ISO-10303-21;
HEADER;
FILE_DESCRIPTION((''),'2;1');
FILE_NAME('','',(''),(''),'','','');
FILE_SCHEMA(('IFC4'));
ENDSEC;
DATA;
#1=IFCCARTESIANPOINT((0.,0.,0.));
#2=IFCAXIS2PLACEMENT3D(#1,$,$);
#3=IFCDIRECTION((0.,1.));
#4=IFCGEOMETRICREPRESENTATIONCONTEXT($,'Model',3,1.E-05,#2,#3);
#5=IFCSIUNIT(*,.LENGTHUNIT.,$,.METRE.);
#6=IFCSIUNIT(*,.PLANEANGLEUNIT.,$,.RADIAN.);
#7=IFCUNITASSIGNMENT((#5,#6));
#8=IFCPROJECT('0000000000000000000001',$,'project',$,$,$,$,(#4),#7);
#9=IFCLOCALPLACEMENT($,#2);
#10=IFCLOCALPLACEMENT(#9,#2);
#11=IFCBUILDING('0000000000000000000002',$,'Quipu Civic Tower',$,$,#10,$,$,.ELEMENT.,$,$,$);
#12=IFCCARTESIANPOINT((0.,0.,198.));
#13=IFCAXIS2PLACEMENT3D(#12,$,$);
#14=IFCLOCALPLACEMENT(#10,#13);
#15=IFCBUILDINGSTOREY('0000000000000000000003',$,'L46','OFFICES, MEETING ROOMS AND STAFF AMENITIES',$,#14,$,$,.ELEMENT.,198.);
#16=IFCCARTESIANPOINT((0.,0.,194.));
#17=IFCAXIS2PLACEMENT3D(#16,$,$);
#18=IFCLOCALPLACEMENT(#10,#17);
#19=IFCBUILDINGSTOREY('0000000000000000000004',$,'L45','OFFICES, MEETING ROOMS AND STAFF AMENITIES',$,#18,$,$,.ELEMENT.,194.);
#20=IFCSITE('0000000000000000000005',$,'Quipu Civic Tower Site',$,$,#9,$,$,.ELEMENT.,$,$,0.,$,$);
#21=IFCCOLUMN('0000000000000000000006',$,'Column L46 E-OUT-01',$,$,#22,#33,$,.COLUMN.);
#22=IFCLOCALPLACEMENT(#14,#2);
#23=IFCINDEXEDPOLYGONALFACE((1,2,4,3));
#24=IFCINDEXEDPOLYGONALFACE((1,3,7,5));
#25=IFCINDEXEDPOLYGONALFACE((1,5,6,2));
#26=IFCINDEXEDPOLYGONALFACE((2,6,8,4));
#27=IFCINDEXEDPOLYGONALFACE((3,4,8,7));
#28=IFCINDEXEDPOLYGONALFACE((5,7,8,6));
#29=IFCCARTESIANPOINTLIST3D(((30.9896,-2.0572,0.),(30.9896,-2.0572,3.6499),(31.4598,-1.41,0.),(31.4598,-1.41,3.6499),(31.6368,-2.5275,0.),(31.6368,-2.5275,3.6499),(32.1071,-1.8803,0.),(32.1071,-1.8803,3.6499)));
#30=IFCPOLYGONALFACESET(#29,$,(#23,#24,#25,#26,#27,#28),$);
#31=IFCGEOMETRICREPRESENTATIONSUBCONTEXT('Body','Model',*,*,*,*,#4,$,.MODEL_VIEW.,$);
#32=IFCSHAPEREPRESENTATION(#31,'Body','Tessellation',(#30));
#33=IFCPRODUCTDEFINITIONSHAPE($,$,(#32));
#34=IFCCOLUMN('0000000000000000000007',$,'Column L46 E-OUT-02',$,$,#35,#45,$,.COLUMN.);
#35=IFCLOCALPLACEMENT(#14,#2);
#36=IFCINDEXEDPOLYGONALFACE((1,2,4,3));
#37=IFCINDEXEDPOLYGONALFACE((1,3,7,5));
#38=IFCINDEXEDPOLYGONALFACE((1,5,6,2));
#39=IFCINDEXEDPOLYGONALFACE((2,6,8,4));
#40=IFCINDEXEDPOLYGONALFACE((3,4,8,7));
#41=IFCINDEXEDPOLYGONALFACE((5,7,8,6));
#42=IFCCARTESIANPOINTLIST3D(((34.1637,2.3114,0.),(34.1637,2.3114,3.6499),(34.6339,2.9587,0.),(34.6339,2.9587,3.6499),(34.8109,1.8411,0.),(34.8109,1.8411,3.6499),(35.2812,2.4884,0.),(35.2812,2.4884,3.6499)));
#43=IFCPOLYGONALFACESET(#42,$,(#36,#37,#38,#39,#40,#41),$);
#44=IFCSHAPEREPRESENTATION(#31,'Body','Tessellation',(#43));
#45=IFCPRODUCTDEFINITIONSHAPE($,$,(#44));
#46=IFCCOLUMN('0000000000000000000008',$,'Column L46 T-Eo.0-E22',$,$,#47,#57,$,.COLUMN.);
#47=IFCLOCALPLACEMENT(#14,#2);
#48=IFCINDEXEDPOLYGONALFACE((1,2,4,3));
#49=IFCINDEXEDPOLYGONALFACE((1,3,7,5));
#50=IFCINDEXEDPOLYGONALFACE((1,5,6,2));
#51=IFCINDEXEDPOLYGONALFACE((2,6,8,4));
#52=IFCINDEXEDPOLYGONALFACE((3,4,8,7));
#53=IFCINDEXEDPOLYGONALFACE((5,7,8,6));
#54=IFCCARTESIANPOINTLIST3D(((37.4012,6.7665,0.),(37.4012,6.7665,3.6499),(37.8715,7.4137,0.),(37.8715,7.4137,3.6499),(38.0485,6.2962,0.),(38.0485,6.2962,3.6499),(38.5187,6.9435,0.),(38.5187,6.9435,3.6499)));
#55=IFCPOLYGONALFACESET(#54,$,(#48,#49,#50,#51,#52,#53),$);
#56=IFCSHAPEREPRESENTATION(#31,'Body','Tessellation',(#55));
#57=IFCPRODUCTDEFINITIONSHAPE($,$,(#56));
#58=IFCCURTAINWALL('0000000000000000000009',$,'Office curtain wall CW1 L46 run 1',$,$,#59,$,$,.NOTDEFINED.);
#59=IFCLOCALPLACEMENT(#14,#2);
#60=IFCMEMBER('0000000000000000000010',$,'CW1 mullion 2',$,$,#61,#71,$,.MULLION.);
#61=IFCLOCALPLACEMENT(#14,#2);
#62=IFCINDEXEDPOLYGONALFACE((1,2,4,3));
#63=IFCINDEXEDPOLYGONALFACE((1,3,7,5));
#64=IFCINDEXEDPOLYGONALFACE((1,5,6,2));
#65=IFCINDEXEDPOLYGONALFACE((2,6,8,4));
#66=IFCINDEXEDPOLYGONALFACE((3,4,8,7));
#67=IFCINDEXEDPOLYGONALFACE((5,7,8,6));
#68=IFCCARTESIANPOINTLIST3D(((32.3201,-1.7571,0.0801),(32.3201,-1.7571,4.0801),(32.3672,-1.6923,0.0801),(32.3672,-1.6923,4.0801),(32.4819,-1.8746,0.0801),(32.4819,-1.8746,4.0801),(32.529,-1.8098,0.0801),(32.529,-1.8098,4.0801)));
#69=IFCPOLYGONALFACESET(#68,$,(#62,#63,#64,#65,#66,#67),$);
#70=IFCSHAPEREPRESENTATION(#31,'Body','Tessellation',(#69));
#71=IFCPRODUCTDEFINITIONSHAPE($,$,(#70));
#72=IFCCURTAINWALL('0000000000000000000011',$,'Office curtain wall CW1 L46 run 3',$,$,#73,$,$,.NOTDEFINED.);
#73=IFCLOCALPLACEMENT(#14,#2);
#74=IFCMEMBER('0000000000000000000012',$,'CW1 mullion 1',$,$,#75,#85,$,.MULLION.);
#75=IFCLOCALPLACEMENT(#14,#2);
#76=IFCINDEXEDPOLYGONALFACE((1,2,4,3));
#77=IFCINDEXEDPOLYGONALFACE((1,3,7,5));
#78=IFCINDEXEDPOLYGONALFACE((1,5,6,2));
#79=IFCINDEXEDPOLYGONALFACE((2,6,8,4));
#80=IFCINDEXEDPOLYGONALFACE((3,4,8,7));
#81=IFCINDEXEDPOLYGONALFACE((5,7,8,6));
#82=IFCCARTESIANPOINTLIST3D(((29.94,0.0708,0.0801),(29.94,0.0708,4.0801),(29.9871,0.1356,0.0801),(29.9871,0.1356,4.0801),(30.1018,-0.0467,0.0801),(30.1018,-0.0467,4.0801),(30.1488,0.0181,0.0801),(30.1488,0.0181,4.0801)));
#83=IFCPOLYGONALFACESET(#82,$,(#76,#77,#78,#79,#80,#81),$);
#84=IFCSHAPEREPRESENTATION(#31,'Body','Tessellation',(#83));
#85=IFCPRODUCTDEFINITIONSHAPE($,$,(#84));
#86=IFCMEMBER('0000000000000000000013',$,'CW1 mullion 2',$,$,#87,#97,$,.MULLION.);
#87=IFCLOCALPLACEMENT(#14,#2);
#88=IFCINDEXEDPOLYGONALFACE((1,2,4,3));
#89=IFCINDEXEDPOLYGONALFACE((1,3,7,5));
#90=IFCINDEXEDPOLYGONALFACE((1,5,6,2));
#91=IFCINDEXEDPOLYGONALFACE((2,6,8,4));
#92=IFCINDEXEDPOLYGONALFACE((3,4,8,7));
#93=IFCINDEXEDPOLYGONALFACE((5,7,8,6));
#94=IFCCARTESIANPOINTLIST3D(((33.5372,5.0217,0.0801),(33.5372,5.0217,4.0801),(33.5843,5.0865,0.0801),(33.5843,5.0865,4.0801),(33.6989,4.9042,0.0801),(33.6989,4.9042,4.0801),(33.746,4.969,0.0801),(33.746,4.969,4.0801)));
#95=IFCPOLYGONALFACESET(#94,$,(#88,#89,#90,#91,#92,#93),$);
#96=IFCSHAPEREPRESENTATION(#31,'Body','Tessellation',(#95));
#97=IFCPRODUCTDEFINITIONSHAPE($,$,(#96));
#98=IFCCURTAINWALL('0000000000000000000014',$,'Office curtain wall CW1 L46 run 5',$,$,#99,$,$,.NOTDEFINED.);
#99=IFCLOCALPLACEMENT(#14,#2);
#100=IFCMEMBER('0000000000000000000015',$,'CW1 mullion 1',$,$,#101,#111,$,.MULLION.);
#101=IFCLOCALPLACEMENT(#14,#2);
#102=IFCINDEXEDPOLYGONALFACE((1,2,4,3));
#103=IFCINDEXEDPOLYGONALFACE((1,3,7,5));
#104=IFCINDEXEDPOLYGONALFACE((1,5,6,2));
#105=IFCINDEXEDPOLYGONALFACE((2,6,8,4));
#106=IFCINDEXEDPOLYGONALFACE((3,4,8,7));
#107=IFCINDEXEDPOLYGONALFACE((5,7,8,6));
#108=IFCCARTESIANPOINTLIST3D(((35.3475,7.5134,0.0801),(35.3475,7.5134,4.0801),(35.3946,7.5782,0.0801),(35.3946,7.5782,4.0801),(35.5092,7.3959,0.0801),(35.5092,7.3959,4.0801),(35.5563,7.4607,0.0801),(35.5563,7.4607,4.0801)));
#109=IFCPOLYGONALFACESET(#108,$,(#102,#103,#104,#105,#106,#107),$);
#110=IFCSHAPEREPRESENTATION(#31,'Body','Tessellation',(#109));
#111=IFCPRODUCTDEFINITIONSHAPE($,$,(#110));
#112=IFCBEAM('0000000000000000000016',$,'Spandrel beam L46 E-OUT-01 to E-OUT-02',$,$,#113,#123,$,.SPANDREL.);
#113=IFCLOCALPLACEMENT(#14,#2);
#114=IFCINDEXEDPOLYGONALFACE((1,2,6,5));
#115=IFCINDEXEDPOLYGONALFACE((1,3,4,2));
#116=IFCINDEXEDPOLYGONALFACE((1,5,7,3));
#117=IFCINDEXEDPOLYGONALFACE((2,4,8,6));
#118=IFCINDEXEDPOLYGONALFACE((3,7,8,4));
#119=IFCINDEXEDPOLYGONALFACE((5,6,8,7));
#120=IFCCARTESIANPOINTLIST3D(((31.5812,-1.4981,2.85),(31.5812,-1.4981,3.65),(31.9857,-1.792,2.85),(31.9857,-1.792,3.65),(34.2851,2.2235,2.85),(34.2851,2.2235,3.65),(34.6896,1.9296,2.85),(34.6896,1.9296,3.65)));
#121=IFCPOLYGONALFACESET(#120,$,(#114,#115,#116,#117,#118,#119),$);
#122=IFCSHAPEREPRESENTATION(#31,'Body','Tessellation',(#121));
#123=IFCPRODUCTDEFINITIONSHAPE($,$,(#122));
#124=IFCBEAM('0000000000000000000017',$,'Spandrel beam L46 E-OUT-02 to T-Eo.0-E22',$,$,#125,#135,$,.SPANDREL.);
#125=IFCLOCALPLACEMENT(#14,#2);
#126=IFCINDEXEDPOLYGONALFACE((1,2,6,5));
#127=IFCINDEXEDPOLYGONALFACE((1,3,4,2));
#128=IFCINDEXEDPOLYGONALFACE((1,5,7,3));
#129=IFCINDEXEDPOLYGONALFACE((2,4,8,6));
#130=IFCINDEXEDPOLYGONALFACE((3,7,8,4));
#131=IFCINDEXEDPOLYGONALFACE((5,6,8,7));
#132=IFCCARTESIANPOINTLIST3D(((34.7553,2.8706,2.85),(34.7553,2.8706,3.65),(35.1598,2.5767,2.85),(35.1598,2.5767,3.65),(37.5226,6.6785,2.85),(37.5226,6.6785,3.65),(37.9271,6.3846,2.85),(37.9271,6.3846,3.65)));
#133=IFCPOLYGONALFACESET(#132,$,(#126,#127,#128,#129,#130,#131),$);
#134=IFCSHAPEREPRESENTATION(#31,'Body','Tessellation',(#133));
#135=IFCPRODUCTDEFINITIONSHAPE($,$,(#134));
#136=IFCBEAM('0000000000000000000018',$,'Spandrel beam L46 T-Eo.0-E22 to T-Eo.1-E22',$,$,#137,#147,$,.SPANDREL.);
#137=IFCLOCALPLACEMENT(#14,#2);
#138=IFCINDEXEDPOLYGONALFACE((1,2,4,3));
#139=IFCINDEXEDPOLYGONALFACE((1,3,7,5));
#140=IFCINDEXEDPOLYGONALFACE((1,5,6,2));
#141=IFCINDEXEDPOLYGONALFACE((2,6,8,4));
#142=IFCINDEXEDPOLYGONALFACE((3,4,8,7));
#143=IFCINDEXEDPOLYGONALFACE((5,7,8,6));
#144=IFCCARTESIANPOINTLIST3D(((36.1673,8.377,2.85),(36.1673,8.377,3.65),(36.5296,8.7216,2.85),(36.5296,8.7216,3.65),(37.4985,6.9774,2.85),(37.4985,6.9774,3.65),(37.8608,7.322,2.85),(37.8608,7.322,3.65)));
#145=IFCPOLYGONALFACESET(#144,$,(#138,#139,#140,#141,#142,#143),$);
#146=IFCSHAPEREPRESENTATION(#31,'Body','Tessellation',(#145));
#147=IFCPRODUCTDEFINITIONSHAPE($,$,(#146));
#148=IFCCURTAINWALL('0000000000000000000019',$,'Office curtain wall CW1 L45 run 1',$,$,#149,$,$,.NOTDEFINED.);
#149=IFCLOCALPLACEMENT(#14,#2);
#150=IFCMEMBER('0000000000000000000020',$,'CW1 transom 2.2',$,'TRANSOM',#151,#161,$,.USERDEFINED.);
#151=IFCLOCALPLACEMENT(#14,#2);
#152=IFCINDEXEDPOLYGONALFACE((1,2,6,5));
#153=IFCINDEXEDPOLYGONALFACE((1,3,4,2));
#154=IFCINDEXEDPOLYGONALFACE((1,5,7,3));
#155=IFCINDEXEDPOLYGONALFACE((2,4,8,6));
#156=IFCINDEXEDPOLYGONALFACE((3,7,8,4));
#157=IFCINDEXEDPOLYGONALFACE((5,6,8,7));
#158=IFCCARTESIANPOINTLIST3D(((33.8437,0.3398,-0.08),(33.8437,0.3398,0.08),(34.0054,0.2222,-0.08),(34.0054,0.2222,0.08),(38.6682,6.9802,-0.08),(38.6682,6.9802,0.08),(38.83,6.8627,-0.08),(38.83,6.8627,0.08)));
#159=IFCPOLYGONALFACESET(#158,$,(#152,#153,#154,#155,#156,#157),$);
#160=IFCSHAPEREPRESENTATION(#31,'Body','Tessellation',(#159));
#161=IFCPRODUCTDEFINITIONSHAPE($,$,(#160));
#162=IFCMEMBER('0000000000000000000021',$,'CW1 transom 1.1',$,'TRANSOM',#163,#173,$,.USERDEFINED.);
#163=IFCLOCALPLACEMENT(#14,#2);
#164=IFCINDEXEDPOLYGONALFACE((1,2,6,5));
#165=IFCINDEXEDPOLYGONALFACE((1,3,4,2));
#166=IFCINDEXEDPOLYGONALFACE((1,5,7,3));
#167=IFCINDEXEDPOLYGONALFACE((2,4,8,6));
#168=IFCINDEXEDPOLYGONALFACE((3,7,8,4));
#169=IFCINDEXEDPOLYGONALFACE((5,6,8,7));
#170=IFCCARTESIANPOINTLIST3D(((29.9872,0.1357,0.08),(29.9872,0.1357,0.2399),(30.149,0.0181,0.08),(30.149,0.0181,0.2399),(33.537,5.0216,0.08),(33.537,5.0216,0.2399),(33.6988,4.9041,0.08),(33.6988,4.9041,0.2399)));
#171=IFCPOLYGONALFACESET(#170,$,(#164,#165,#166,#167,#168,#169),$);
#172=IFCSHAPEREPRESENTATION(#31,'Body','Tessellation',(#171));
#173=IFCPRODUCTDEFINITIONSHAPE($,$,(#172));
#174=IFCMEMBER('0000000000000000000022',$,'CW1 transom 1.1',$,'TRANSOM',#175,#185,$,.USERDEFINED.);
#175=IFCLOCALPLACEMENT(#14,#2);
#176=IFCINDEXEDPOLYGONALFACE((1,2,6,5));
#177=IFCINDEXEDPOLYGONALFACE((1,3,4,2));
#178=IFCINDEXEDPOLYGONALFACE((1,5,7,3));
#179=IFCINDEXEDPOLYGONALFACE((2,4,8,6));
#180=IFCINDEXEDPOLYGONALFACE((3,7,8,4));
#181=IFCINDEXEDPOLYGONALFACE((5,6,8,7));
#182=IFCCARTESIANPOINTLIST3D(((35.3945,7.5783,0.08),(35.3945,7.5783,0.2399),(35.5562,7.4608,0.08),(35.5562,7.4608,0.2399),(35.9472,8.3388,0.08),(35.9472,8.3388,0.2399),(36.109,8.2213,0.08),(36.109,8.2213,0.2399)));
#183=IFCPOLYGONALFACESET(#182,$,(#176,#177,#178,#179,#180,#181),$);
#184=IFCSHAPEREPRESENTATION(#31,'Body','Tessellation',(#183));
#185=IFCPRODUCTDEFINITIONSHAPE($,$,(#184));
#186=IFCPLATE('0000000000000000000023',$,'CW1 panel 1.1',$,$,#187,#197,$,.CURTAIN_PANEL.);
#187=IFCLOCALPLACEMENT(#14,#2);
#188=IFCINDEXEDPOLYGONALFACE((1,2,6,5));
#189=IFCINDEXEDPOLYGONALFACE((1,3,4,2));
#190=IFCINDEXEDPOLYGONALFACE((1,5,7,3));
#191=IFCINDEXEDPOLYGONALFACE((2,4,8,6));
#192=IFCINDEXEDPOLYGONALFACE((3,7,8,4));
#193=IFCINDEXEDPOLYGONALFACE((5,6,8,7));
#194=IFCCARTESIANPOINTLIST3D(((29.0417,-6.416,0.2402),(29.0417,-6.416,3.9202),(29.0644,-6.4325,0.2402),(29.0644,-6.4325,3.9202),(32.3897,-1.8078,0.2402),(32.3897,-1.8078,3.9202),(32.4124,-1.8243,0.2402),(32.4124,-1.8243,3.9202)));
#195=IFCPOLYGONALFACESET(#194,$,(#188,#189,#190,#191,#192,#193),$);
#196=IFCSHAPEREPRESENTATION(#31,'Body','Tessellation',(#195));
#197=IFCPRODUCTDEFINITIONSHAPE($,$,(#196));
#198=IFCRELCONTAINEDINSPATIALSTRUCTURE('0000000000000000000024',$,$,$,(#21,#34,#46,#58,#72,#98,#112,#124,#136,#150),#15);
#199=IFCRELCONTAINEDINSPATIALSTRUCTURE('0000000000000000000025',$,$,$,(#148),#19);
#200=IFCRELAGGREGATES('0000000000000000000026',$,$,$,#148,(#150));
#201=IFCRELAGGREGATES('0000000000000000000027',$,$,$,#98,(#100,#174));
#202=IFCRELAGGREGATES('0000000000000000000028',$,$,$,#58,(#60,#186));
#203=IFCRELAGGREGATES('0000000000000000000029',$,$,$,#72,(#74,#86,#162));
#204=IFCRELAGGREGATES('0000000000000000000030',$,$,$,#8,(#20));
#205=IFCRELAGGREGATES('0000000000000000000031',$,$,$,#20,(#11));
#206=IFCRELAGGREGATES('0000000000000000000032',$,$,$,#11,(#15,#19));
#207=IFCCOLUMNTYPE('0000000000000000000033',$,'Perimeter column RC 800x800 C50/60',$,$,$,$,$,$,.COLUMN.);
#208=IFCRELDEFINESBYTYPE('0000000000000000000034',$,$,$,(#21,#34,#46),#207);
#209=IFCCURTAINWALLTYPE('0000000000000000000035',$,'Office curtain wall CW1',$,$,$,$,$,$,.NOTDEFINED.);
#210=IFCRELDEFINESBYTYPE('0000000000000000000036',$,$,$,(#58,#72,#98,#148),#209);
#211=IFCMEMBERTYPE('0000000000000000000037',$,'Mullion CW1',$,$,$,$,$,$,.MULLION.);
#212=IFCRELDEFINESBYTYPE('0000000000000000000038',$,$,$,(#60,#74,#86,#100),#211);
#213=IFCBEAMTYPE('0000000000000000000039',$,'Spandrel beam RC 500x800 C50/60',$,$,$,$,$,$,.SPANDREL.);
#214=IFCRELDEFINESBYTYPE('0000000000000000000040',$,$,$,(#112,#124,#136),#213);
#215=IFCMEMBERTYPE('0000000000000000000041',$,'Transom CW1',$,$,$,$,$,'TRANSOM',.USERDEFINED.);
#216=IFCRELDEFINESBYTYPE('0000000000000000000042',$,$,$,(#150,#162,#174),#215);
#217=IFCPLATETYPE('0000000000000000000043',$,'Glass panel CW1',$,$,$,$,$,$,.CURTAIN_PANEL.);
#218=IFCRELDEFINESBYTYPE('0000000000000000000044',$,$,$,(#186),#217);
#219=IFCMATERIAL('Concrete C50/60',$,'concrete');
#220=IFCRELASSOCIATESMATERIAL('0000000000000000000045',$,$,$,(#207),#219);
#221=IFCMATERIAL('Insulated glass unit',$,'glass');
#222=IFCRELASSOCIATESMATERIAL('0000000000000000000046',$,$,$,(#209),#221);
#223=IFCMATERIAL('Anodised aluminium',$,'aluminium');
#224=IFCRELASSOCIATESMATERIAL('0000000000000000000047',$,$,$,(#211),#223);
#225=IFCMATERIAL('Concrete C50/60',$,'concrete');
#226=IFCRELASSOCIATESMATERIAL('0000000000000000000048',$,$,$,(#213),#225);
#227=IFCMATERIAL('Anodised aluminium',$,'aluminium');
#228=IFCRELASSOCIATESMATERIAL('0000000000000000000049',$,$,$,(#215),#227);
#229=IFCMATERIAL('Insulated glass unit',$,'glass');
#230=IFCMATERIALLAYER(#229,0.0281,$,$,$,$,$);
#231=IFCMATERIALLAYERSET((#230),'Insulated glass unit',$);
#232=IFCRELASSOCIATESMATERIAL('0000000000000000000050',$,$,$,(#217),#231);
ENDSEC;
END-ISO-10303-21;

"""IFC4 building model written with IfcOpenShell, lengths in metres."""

from ifc_helpers import new_model, si_unit, direction, frame, origin, origin_2d, place, context, subcontext, project, spatial, rectangle, extrude, material, layer, layer_set, material_profile, profile_set, type_object, element, aggregate, save


model = new_model("IFC4")

# Units and contexts
model_context = context("Model", 3, precision=1e-05, world=origin(), true_north=direction((0.0, 1.0)))
body_context = subcontext(model_context, "Body", "Model", "MODEL_VIEW")
ifc_project = project(units=[si_unit("LENGTHUNIT", "METRE"), si_unit("PLANEANGLEUNIT", "RADIAN")], contexts=[model_context])

# Site, building, storey
site_placement = place(None, origin())
site = spatial("IfcSite", under=ifc_project, at=site_placement, Name="Quipu Civic Tower Site", CompositionType="ELEMENT", RefElevation=0.0)
building_placement = place(site_placement, origin())
building = spatial("IfcBuilding", under=site, at=building_placement, Name="Quipu Civic Tower", CompositionType="ELEMENT")
storey_1_placement = place(building_placement, frame((0.0, 0.0, 198.0)))
storey_1 = spatial("IfcBuildingStorey", under=building, at=storey_1_placement, Name="L46", Description="OFFICES, MEETING ROOMS AND STAFF AMENITIES", CompositionType="ELEMENT", Elevation=198.0)

# Columns
ifc_material_1 = material(Name="Concrete C50/60", Category="concrete")
ifc_material_profile_1 = material_profile(ifc_material_1, rectangle(XDim=0.8, YDim=0.8, at=origin_2d()), Name="RC800x800")
ifc_profile_set_1 = profile_set([ifc_material_profile_1], Name="Concrete C50/60")
column_type = type_object("IfcColumnType", Name="Perimeter column RC 800x800 C50/60", PredefinedType="COLUMN", material=ifc_profile_set_1)
for number, where, z_axis, x_axis, name in (
    (1, (31.5483, -1.9688, 0.0), (0.0, 0.0, 1.0), (0.587785, 0.809017, 0.0), "Column L46 E-OUT-01"),
    (2, (34.7224, 2.3999, 0.0), (0.0, 0.0, 1.0), (0.587785, 0.809017, 0.0), "Column L46 E-OUT-02"),
    (3, (37.96, 6.855, 0.0), (0.0, 0.0, 1.0), (0.587785, 0.809017, 0.0), "Column L46 T-Eo.0-E22"),
):
    element("IfcColumn", number, at=place(storey_1_placement, frame(where, z_axis=z_axis, x_axis=x_axis)), inside=storey_1, type_object=column_type, Name=name, PredefinedType="COLUMN", context=body_context, shape_type="SweptSolid", body=[
        extrude(rectangle(XDim=0.8, YDim=0.8, at=origin_2d()), origin(), (0.0, 0.0, 1.0), 3.6499),
    ])

# Curtain wall, member
ifc_material_2 = material(Name="Insulated glass unit", Category="glass")
curtain_wall_type = type_object("IfcCurtainWallType", Name="Office curtain wall CW1", PredefinedType="NOTDEFINED", material=ifc_material_2)
curtain_wall_1_placement = place(storey_1_placement, origin())
curtain_wall_1 = element("IfcCurtainWall", 4, at=curtain_wall_1_placement, inside=storey_1, type_object=curtain_wall_type, Name="Office curtain wall CW1 L46 run 1", PredefinedType="NOTDEFINED")
ifc_material_3 = material(Name="Anodised aluminium", Category="aluminium")
ifc_material_profile_2 = material_profile(ifc_material_3, rectangle(XDim=0.2, YDim=0.0801, at=origin_2d()), Name="RECT 200x80")
ifc_profile_set_2 = profile_set([ifc_material_profile_2], Name="Anodised aluminium")
member_type_1 = type_object("IfcMemberType", Name="Mullion CW1", PredefinedType="MULLION", material=ifc_profile_set_2)
member_1_placement = place(storey_1_placement, frame((32.4246, -1.7834, 0.0801), z_axis=(0.0, 0.0, 1.0), x_axis=(-0.80902, 0.587781, 0.0)))
member_1 = element("IfcMember", 5, at=member_1_placement, type_object=member_type_1, Name="CW1 mullion 2", PredefinedType="MULLION", context=body_context, shape_type="SweptSolid", body=[
    extrude(rectangle(XDim=0.2, YDim=0.0801, at=origin_2d()), origin(), (0.0, 0.0, 1.0), 4.0),
])

# Curtain wall, members
curtain_wall_2_placement = place(storey_1_placement, origin())
curtain_wall_2 = element("IfcCurtainWall", 6, at=curtain_wall_2_placement, inside=storey_1, type_object=curtain_wall_type, Name="Office curtain wall CW1 L46 run 3", PredefinedType="NOTDEFINED")
member_2_placement = place(storey_1_placement, frame((30.0444, 0.0444, 0.0801), z_axis=(0.0, 0.0, 1.0), x_axis=(-0.809015, 0.587788, 0.0)))
member_2 = element("IfcMember", 7, at=member_2_placement, type_object=member_type_1, Name="CW1 mullion 1", PredefinedType="MULLION", context=body_context, shape_type="SweptSolid", body=[
    extrude(rectangle(XDim=0.2, YDim=0.0801, at=origin_2d()), origin(), (0.0, 0.0, 1.0), 4.0),
])
member_3_placement = place(storey_1_placement, frame((33.6416, 4.9954, 0.0801), z_axis=(0.0, 0.0, 1.0), x_axis=(-0.809015, 0.587788, 0.0)))
member_3 = element("IfcMember", 8, at=member_3_placement, type_object=member_type_1, Name="CW1 mullion 2", PredefinedType="MULLION", context=body_context, shape_type="SweptSolid", body=[
    extrude(rectangle(XDim=0.2, YDim=0.0801, at=origin_2d()), origin(), (0.0, 0.0, 1.0), 4.0),
])

# Curtain wall, member
curtain_wall_3_placement = place(storey_1_placement, origin())
curtain_wall_3 = element("IfcCurtainWall", 9, at=curtain_wall_3_placement, inside=storey_1, type_object=curtain_wall_type, Name="Office curtain wall CW1 L46 run 5", PredefinedType="NOTDEFINED")
member_4_placement = place(storey_1_placement, frame((35.4519, 7.4871, 0.0801), z_axis=(0.0, 0.0, 1.0), x_axis=(-0.808984, 0.587831, 0.0)))
member_4 = element("IfcMember", 10, at=member_4_placement, type_object=member_type_1, Name="CW1 mullion 1", PredefinedType="MULLION", context=body_context, shape_type="SweptSolid", body=[
    extrude(rectangle(XDim=0.2, YDim=0.0801, at=origin_2d()), origin(), (0.0, 0.0, 1.0), 4.0),
])

# Beams
ifc_material_4 = material(Name="Concrete C50/60", Category="concrete")
ifc_material_profile_3 = material_profile(ifc_material_4, rectangle(XDim=0.5, YDim=0.8, at=origin_2d()), Name="RC500x800")
ifc_profile_set_3 = profile_set([ifc_material_profile_3], Name="Concrete C50/60")
beam_type = type_object("IfcBeamType", Name="Spandrel beam RC 500x800 C50/60", PredefinedType="SPANDREL", material=ifc_profile_set_3)
beam_1_placement = place(storey_1_placement, frame((31.7834, -1.645, 3.25), z_axis=(0.587796, 0.809009, 0.0), x_axis=(-0.809009, 0.587796, 0.0)))
element("IfcBeam", 11, at=beam_1_placement, inside=storey_1, type_object=beam_type, Name="Spandrel beam L46 E-OUT-01 to E-OUT-02", PredefinedType="SPANDREL", context=body_context, shape_type="SweptSolid", body=[
    extrude(rectangle(XDim=0.5, YDim=0.8, at=origin_2d()), origin(), (0.0, 0.0, 1.0), 4.6001),
])
beam_2_placement = place(storey_1_placement, frame((34.9575, 2.7236, 3.25), z_axis=(0.587891, 0.80894, 0.0), x_axis=(-0.80894, 0.587891, 0.0)))
element("IfcBeam", 12, at=beam_2_placement, inside=storey_1, type_object=beam_type, Name="Spandrel beam L46 E-OUT-02 to T-Eo.0-E22", PredefinedType="SPANDREL", context=body_context, shape_type="SweptSolid", body=[
    extrude(rectangle(XDim=0.5, YDim=0.8, at=origin_2d()), origin(), (0.0, 0.0, 1.0), 4.7073),
])
beam_3_placement = place(storey_1_placement, frame((37.6797, 7.1497, 3.25), z_axis=(-0.689191, 0.72458, 0.0), x_axis=(-0.72458, -0.689191, 0.0)))
element("IfcBeam", 13, at=beam_3_placement, inside=storey_1, type_object=beam_type, Name="Spandrel beam L46 T-Eo.0-E22 to T-Eo.1-E22", PredefinedType="SPANDREL", context=body_context, shape_type="SweptSolid", body=[
    extrude(rectangle(XDim=0.5, YDim=0.8, at=origin_2d()), origin(), (0.0, 0.0, 1.0), 1.9316),
])

# Shared definitions
storey_2_placement = place(building_placement, frame((0.0, 0.0, 194.0)))
storey_2 = spatial("IfcBuildingStorey", under=building, at=storey_2_placement, Name="L45", Description="OFFICES, MEETING ROOMS AND STAFF AMENITIES", CompositionType="ELEMENT", Elevation=194.0)

# Curtain wall, member
curtain_wall_4_placement = place(storey_2_placement, origin())
curtain_wall_4 = element("IfcCurtainWall", 14, at=curtain_wall_4_placement, inside=storey_2, type_object=curtain_wall_type, Name="Office curtain wall CW1 L45 run 1", PredefinedType="NOTDEFINED")
ifc_material_5 = material(Name="Anodised aluminium", Category="aluminium")
ifc_material_profile_4 = material_profile(ifc_material_5, rectangle(XDim=0.2, YDim=0.1599, at=origin_2d()), Name="RECT 200x160")
ifc_profile_set_4 = profile_set([ifc_material_profile_4], Name="Anodised aluminium")
member_type_2 = type_object("IfcMemberType", Name="Transom CW1", ElementType="TRANSOM", PredefinedType="USERDEFINED", material=ifc_profile_set_4)
member_5_placement = place(storey_1_placement, frame((33.9246, 0.281, 0.0), z_axis=(0.587781, 0.80902, 0.0), x_axis=(-0.80902, 0.587781, 0.0)))
member_5 = element("IfcMember", 15, at=member_5_placement, inside=storey_1, type_object=member_type_2, Name="CW1 transom 2.2", ObjectType="TRANSOM", PredefinedType="USERDEFINED", context=body_context, shape_type="SweptSolid", body=[
    extrude(rectangle(XDim=0.2, YDim=0.1599, at=origin_2d()), origin(), (0.0, 0.0, 1.0), 8.208),
])
aggregate(curtain_wall_4, [member_5])

# Members
member_6_placement = place(storey_1_placement, frame((30.0681, 0.0769, 0.1599), z_axis=(0.587777, 0.809023, 0.0), x_axis=(-0.809023, 0.587777, 0.0)))
member_6 = element("IfcMember", 16, at=member_6_placement, type_object=member_type_2, Name="CW1 transom 1.1", ObjectType="TRANSOM", PredefinedType="USERDEFINED", context=body_context, shape_type="SweptSolid", body=[
    extrude(rectangle(XDim=0.2, YDim=0.1599, at=origin_2d()), origin(), (0.0, 0.0, 1.0), 6.0393),
])
member_7_placement = place(storey_1_placement, frame((35.4753, 7.5195, 0.1599), z_axis=(0.587925, 0.808916, 0.0), x_axis=(-0.808916, 0.587925, 0.0)))
member_7 = element("IfcMember", 17, at=member_7_placement, type_object=member_type_2, Name="CW1 transom 1.1", ObjectType="TRANSOM", PredefinedType="USERDEFINED", context=body_context, shape_type="SweptSolid", body=[
    extrude(rectangle(XDim=0.2, YDim=0.1599, at=origin_2d()), origin(), (0.0, 0.0, 1.0), 0.9402),
])
aggregate(curtain_wall_3, [member_4, member_7])

# Plate
ifc_material_6 = material(Name="Insulated glass unit", Category="glass")
ifc_layer_1 = layer(ifc_material_6, 0.0281)
ifc_layer_set_1 = layer_set([ifc_layer_1], Name="Insulated glass unit")
plate_type_1 = type_object("IfcPlateType", Name="Glass panel CW1", PredefinedType="CURTAIN_PANEL", material=ifc_layer_set_1)
plate_1_placement = place(storey_1_placement, frame((30.7271, -4.1201, 0.2402), z_axis=(0.0, 0.0, 1.0), x_axis=(0.587781, 0.80902, 0.0)))
plate_1 = element("IfcPlate", 18, at=plate_1_placement, type_object=plate_type_1, Name="CW1 panel 1.1", PredefinedType="CURTAIN_PANEL", context=body_context, shape_type="SweptSolid", body=[
    extrude(rectangle(XDim=5.696, YDim=0.0281, at=origin_2d()), origin(), (0.0, 0.0, 1.0), 3.6799),
])
aggregate(curtain_wall_1, [member_1, plate_1])
aggregate(curtain_wall_2, [member_2, member_3, member_6])

save(model, "model.ifc")
